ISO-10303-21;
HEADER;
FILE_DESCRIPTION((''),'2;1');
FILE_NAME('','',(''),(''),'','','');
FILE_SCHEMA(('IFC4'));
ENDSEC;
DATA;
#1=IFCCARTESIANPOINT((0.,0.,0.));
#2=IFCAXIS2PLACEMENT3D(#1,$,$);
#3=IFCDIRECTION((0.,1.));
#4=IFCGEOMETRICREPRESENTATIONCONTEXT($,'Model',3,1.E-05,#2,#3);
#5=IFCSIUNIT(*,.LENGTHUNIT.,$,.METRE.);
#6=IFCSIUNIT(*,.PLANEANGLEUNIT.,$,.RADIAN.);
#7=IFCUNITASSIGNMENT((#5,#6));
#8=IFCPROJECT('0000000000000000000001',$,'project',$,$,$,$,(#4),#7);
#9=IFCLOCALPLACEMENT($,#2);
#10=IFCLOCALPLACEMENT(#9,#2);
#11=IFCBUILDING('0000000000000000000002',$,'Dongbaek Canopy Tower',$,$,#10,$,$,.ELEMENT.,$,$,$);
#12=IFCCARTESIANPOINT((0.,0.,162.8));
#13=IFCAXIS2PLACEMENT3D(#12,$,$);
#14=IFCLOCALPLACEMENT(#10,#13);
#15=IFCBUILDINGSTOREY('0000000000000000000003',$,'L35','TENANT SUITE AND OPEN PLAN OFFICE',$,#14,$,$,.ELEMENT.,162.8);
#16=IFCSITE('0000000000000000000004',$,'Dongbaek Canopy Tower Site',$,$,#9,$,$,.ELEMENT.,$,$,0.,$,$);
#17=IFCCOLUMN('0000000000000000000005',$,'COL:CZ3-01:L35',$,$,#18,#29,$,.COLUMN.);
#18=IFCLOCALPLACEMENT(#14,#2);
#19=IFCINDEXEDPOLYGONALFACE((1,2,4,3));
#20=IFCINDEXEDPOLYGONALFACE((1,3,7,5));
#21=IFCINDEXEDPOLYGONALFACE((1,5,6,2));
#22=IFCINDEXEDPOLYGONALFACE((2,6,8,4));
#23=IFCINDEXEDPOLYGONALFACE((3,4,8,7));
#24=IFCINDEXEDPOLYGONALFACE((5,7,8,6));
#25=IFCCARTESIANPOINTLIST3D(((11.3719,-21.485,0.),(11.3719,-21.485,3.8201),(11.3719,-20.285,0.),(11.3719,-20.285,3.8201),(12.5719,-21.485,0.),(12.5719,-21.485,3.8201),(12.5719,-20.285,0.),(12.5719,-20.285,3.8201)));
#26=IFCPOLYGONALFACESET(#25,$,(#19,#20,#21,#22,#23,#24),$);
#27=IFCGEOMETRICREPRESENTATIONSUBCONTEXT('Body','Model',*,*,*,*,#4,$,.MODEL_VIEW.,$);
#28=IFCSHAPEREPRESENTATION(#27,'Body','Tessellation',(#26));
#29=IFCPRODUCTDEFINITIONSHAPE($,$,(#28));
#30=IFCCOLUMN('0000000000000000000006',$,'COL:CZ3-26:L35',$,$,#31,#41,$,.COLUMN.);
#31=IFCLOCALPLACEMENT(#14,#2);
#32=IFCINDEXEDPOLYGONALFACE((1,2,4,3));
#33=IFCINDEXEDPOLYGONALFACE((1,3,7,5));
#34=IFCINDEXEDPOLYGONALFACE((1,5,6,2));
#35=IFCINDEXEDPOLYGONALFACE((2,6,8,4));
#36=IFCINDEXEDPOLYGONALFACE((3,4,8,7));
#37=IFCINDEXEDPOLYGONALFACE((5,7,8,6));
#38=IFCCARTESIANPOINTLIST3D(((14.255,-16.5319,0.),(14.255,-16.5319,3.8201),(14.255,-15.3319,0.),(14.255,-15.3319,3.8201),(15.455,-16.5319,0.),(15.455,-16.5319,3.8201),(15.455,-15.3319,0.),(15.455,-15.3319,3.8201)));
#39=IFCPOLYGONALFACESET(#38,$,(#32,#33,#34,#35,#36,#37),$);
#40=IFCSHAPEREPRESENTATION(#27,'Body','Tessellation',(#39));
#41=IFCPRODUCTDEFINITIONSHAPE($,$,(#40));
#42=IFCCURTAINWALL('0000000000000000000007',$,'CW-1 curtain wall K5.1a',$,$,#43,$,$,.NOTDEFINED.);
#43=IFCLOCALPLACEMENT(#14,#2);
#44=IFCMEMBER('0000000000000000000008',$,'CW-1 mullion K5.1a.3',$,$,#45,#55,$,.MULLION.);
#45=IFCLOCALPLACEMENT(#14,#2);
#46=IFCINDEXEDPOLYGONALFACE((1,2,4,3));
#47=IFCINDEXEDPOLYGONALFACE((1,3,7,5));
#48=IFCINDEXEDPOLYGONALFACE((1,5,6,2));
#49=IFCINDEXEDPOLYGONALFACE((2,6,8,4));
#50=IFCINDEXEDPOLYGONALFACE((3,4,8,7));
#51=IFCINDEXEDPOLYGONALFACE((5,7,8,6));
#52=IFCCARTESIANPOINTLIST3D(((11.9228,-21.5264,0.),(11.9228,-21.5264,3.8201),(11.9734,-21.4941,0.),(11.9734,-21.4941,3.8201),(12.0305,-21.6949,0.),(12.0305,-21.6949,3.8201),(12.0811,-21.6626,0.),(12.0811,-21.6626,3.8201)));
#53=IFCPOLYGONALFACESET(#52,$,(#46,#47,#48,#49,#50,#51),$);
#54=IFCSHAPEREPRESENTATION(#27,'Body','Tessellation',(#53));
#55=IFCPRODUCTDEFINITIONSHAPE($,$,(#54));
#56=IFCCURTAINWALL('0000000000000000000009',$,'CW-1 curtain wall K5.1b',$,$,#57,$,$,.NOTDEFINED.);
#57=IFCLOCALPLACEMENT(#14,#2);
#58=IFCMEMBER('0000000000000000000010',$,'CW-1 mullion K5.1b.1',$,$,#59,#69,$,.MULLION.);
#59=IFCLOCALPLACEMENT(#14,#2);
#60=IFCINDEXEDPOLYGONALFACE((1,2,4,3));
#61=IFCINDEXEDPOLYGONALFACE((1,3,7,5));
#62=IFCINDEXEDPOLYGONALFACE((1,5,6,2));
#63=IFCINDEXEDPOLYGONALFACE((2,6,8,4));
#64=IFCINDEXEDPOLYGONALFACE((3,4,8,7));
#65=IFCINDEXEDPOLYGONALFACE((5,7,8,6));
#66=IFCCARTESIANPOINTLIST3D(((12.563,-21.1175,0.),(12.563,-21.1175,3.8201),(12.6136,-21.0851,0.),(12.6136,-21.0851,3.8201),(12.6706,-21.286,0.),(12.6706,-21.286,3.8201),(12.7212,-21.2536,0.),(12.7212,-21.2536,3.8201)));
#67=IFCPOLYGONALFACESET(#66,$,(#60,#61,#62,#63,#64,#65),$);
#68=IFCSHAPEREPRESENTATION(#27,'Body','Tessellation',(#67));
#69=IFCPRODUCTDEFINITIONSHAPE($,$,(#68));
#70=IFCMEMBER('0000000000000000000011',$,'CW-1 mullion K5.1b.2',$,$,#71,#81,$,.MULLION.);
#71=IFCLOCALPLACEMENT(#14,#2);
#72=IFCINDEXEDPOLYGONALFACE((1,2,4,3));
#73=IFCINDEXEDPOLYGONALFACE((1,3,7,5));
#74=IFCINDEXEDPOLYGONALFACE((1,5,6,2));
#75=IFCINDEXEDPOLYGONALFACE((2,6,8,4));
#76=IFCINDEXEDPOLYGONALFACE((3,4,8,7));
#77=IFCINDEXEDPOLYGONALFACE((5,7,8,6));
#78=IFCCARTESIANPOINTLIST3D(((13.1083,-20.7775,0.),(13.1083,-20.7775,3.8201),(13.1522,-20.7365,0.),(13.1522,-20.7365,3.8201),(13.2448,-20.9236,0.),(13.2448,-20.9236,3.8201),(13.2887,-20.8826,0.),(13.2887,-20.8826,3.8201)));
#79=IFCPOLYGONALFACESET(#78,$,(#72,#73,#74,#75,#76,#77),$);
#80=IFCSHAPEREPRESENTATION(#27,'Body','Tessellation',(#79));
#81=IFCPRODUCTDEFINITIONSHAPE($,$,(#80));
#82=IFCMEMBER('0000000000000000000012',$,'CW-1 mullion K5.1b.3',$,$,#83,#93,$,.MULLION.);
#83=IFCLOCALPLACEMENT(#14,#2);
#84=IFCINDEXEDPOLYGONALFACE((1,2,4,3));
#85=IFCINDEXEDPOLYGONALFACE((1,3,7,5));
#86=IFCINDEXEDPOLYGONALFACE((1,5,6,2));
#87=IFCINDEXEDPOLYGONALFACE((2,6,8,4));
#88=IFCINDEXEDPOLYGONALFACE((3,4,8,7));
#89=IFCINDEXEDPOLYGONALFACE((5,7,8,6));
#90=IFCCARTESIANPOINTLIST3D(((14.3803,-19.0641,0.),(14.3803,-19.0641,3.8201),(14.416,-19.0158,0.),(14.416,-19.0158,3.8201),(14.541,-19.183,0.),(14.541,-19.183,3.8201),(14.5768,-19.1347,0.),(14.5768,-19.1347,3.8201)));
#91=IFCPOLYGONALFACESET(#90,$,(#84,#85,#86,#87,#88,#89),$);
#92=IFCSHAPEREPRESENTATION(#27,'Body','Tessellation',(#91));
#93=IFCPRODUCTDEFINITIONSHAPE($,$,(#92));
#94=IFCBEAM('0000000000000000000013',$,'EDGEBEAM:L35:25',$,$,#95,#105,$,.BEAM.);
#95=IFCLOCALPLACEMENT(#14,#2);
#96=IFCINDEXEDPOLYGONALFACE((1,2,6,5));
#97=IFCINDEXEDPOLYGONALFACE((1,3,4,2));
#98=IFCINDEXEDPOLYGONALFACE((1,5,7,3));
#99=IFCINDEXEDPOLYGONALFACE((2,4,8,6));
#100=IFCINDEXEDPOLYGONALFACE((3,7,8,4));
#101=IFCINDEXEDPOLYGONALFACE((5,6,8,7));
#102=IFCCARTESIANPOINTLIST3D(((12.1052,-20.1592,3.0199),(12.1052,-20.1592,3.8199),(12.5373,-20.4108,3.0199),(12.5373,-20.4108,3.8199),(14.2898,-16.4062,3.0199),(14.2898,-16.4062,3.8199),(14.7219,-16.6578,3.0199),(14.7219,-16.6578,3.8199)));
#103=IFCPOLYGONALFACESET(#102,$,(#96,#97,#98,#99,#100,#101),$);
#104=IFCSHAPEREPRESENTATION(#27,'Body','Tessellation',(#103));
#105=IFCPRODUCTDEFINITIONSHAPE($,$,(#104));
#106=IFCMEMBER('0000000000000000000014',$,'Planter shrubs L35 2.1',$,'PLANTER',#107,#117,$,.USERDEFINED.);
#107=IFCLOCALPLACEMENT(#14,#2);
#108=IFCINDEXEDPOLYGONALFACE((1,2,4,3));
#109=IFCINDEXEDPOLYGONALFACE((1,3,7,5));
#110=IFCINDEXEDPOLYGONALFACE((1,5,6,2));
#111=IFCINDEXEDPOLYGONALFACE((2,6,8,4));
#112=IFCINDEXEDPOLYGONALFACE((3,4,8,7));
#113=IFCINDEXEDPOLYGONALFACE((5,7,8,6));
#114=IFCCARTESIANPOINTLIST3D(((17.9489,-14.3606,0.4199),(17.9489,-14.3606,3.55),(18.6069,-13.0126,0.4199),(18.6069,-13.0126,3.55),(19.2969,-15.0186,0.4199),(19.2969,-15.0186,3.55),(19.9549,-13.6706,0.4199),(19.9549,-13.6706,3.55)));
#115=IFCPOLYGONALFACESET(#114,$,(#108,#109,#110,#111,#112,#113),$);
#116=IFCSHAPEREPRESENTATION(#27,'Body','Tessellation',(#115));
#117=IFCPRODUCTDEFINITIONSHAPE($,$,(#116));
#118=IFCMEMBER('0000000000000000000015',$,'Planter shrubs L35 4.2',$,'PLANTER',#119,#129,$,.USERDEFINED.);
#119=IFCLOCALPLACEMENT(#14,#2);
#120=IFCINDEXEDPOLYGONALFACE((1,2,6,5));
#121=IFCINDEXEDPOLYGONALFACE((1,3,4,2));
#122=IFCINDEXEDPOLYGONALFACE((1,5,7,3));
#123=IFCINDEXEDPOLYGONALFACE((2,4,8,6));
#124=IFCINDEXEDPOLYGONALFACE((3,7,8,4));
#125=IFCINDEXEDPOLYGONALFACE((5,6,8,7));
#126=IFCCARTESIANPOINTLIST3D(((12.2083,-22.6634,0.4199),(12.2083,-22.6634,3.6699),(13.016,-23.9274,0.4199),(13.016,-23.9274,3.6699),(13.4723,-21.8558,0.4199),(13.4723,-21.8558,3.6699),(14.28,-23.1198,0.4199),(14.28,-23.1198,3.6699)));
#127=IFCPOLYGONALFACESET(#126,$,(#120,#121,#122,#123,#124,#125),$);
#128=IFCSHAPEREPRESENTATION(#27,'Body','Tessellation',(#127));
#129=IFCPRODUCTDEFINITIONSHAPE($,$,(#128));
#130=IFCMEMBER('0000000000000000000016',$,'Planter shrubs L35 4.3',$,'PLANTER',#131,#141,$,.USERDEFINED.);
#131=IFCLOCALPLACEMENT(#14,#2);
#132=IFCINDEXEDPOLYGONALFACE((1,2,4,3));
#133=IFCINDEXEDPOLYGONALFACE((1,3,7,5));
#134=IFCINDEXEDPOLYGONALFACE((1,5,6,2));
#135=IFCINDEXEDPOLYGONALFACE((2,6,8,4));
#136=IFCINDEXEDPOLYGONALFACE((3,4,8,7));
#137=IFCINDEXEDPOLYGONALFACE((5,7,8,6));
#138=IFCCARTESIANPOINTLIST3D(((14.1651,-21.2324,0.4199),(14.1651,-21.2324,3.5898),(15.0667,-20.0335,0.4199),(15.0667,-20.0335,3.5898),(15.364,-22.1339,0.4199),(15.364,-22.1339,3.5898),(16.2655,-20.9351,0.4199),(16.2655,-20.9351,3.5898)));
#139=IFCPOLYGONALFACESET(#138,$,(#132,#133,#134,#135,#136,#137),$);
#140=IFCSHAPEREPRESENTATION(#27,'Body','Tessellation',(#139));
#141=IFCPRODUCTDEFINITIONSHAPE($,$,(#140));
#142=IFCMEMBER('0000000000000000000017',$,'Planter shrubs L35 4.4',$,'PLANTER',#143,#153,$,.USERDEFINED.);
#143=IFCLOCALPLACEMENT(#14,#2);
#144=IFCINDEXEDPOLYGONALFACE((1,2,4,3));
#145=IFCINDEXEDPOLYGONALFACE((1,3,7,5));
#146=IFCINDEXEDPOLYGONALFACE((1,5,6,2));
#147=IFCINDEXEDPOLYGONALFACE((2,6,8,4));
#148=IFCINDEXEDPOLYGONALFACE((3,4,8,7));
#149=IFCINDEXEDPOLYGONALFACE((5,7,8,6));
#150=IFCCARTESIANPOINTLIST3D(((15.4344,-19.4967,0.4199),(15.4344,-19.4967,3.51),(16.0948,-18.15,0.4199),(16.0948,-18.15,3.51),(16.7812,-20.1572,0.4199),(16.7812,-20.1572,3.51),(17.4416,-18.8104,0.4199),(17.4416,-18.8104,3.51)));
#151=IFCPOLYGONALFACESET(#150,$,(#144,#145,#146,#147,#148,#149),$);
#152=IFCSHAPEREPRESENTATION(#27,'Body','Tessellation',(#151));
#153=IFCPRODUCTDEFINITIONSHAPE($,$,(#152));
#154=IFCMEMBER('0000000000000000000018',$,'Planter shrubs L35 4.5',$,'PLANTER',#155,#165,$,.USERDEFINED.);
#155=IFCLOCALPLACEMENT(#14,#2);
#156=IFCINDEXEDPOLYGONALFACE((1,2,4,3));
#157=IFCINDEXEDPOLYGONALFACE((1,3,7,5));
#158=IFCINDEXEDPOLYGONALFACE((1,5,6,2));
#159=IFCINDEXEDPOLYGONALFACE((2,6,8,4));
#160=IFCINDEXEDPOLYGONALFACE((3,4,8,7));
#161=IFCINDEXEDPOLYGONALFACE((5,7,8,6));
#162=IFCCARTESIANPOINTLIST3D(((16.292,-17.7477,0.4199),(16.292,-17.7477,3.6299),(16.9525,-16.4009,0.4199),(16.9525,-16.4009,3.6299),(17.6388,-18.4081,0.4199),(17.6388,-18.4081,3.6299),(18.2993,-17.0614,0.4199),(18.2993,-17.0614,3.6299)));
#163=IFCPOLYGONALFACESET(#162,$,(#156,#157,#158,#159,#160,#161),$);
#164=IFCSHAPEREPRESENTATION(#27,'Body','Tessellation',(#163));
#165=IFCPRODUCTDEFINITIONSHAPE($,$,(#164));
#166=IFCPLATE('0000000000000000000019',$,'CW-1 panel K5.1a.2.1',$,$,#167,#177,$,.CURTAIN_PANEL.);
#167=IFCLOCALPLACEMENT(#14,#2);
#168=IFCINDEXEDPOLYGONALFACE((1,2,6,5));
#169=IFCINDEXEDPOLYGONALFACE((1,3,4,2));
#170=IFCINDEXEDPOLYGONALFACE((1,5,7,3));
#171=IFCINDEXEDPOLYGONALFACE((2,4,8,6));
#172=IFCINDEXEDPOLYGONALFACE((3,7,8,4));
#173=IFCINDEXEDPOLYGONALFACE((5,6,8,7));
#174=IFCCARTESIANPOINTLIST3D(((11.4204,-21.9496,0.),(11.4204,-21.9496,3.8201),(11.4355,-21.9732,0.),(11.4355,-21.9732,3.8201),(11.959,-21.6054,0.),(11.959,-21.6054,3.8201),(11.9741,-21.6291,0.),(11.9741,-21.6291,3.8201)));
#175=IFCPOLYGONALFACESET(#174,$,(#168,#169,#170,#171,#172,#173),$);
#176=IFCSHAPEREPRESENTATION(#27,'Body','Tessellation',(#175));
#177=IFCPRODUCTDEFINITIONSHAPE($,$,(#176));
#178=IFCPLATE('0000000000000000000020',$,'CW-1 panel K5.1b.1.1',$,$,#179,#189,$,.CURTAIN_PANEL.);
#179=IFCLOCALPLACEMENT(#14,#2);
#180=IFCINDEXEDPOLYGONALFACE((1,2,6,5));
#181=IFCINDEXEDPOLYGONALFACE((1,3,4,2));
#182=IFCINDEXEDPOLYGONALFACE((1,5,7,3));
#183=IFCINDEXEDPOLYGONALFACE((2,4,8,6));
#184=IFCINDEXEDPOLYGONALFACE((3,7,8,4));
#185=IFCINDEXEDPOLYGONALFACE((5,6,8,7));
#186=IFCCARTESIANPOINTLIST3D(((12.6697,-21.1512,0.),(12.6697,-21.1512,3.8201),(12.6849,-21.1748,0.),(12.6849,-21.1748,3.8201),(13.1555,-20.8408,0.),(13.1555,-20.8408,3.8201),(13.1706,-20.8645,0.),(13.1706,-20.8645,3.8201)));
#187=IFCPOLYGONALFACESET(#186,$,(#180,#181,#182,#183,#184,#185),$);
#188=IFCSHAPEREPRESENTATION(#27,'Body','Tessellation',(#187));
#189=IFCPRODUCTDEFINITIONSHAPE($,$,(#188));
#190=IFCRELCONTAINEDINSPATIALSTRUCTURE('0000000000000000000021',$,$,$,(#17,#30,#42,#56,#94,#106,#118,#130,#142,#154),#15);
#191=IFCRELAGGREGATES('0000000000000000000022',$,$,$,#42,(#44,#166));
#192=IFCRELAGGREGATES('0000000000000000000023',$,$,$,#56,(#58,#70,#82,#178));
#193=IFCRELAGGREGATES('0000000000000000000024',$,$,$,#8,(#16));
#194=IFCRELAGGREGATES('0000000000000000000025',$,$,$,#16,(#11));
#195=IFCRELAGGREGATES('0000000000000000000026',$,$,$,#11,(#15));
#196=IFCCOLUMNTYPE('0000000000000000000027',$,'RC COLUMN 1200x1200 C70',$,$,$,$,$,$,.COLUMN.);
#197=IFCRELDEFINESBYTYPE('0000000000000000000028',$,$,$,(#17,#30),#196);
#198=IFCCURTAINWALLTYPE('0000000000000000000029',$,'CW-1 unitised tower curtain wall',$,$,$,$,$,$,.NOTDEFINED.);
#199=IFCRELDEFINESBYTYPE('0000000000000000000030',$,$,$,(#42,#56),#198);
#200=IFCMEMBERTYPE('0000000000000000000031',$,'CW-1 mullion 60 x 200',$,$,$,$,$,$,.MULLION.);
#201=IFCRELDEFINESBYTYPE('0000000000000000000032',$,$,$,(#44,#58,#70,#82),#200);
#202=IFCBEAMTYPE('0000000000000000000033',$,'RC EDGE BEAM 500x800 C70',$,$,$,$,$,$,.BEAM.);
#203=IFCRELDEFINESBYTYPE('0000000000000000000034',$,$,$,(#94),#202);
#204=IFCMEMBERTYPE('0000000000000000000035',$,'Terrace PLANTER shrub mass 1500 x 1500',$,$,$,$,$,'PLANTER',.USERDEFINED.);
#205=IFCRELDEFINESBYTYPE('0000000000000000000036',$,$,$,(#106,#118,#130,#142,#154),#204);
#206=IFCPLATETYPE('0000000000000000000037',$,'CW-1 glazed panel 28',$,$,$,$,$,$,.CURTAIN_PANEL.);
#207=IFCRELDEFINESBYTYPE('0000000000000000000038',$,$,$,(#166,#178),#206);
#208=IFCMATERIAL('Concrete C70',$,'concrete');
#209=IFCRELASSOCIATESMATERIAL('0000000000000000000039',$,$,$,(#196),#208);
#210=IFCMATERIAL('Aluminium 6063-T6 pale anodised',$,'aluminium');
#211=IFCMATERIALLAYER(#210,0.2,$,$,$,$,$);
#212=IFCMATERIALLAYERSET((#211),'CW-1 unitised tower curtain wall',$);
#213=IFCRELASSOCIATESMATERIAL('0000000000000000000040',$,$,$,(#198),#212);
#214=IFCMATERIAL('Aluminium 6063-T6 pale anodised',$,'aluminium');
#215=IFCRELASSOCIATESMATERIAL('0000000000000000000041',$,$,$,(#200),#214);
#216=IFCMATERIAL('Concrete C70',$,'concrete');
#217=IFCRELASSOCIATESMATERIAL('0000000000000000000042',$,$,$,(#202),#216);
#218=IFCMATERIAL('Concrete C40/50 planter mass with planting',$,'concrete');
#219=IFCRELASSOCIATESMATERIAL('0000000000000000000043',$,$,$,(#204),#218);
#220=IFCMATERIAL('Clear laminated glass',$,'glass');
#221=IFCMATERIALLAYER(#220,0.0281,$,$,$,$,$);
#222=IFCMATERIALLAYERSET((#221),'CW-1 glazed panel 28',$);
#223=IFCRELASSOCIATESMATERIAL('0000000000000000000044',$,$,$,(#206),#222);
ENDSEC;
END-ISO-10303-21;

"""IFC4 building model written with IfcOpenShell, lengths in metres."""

from ifc_helpers import new_model, si_unit, direction, frame, origin, origin_2d, place, context, subcontext, project, spatial, rectangle, extrude, material, layer, layer_set, material_profile, profile_set, type_object, element, aggregate, save


model = new_model("IFC4")

# Units and contexts
model_context = context("Model", 3, precision=1e-05, world=origin(), true_north=direction((0.0, 1.0)))
body_context = subcontext(model_context, "Body", "Model", "MODEL_VIEW")
ifc_project = project(units=[si_unit("LENGTHUNIT", "METRE"), si_unit("PLANEANGLEUNIT", "RADIAN")], contexts=[model_context])

# Site, building, storey
site_placement = place(None, origin())
site = spatial("IfcSite", under=ifc_project, at=site_placement, Name="Dongbaek Canopy Tower Site", CompositionType="ELEMENT", RefElevation=0.0)
building_placement = place(site_placement, origin())
building = spatial("IfcBuilding", under=site, at=building_placement, Name="Dongbaek Canopy Tower", CompositionType="ELEMENT")
storey_placement = place(building_placement, frame((0.0, 0.0, 162.8)))
storey = spatial("IfcBuildingStorey", under=building, at=storey_placement, Name="L35", Description="TENANT SUITE AND OPEN PLAN OFFICE", CompositionType="ELEMENT", Elevation=162.8)

# Columns
ifc_material_1 = material(Name="Concrete C70", Category="concrete")
ifc_material_profile_1 = material_profile(ifc_material_1, rectangle(XDim=1.2, YDim=1.2, at=origin_2d()), Name="RC COLUMN 1200x1200 C70")
ifc_profile_set_1 = profile_set([ifc_material_profile_1], Name="Concrete C70")
column_type = type_object("IfcColumnType", Name="RC COLUMN 1200x1200 C70", PredefinedType="COLUMN", material=ifc_profile_set_1)
for number, where, z_axis, x_axis, name in (
    (1, (11.9719, -20.885, 0.0), (0.0, 0.0, 1.0), (1.0, 0.0, 0.0), "COL:CZ3-01:L35"),
    (2, (14.855, -15.9319, 0.0), (0.0, 0.0, 1.0), (1.0, 0.0, 0.0), "COL:CZ3-26:L35"),
):
    element("IfcColumn", number, at=place(storey_placement, frame(where, z_axis=z_axis, x_axis=x_axis)), inside=storey, type_object=column_type, Name=name, PredefinedType="COLUMN", context=body_context, shape_type="SweptSolid", body=[
        extrude(rectangle(XDim=1.2, YDim=1.2, at=origin_2d()), origin(), (0.0, 0.0, 1.0), 3.8201),
    ])

# Curtain wall, member
ifc_material_2 = material(Name="Aluminium 6063-T6 pale anodised", Category="aluminium")
ifc_layer_1 = layer(ifc_material_2, 0.2)
ifc_layer_set_1 = layer_set([ifc_layer_1], Name="CW-1 unitised tower curtain wall")
curtain_wall_type = type_object("IfcCurtainWallType", Name="CW-1 unitised tower curtain wall", PredefinedType="NOTDEFINED", material=ifc_layer_set_1)
curtain_wall_1_placement = place(storey_placement, origin())
curtain_wall_1 = element("IfcCurtainWall", 3, at=curtain_wall_1_placement, inside=storey, type_object=curtain_wall_type, Name="CW-1 curtain wall K5.1a", PredefinedType="NOTDEFINED")
ifc_material_3 = material(Name="Aluminium 6063-T6 pale anodised", Category="aluminium")
ifc_material_profile_2 = material_profile(ifc_material_3, rectangle(XDim=0.2, YDim=0.0601, at=origin_2d()), Name="CW-1 mullion 60 x 200")
ifc_profile_set_2 = profile_set([ifc_material_profile_2], Name="Aluminium 6063-T6 pale anodised")
member_type_1 = type_object("IfcMemberType", Name="CW-1 mullion 60 x 200", PredefinedType="MULLION", material=ifc_profile_set_2)
member_1_placement = place(storey_placement, frame((12.002, -21.5945, 0.0), z_axis=(0.0, 0.0, 1.0), x_axis=(0.538453, -0.842656, 0.0)))
member_1 = element("IfcMember", 4, at=member_1_placement, type_object=member_type_1, Name="CW-1 mullion K5.1a.3", PredefinedType="MULLION", context=body_context, shape_type="SweptSolid", body=[
    extrude(rectangle(XDim=0.2, YDim=0.0601, at=origin_2d()), origin(), (0.0, 0.0, 1.0), 3.8201),
])

# Curtain wall, members
curtain_wall_2_placement = place(storey_placement, origin())
curtain_wall_2 = element("IfcCurtainWall", 5, at=curtain_wall_2_placement, inside=storey, type_object=curtain_wall_type, Name="CW-1 curtain wall K5.1b", PredefinedType="NOTDEFINED")
member_2_placement = place(storey_placement, frame((12.6421, -21.1855, 0.0), z_axis=(0.0, 0.0, 1.0), x_axis=(0.538453, -0.842656, 0.0)))
member_2 = element("IfcMember", 6, at=member_2_placement, type_object=member_type_1, Name="CW-1 mullion K5.1b.1", PredefinedType="MULLION", context=body_context, shape_type="SweptSolid", body=[
    extrude(rectangle(XDim=0.2, YDim=0.0601, at=origin_2d()), origin(), (0.0, 0.0, 1.0), 3.8201),
])
member_3_placement = place(storey_placement, frame((13.1985, -20.8301, 0.0), z_axis=(0.0, 0.0, 1.0), x_axis=(0.682586, -0.730806, 0.0)))
member_3 = element("IfcMember", 7, at=member_3_placement, type_object=member_type_1, Name="CW-1 mullion K5.1b.2", PredefinedType="MULLION", context=body_context, shape_type="SweptSolid", body=[
    extrude(rectangle(XDim=0.2, YDim=0.0601, at=origin_2d()), origin(), (0.0, 0.0, 1.0), 3.8201),
])
member_4_placement = place(storey_placement, frame((14.4785, -19.0994, 0.0), z_axis=(0.0, 0.0, 1.0), x_axis=(0.803999, -0.594631, 0.0)))
member_4 = element("IfcMember", 8, at=member_4_placement, type_object=member_type_1, Name="CW-1 mullion K5.1b.3", PredefinedType="MULLION", context=body_context, shape_type="SweptSolid", body=[
    extrude(rectangle(XDim=0.2, YDim=0.0601, at=origin_2d()), origin(), (0.0, 0.0, 1.0), 3.8201),
])

# Beam
ifc_material_4 = material(Name="Concrete C70", Category="concrete")
ifc_material_profile_3 = material_profile(ifc_material_4, rectangle(XDim=0.5, YDim=0.8, at=origin_2d()), Name="RC EDGE BEAM 500x800 C70")
ifc_profile_set_3 = profile_set([ifc_material_profile_3], Name="Concrete C70")
beam_type = type_object("IfcBeamType", Name="RC EDGE BEAM 500x800 C70", PredefinedType="BEAM", material=ifc_profile_set_3)
beam_placement = place(storey_placement, frame((14.5059, -16.532, 3.4199), z_axis=(-0.503074, -0.864243, 0.0), x_axis=(0.864243, -0.503074, 0.0)))
element("IfcBeam", 9, at=beam_placement, inside=storey, type_object=beam_type, Name="EDGEBEAM:L35:25", PredefinedType="BEAM", context=body_context, shape_type="SweptSolid", body=[
    extrude(rectangle(XDim=0.5, YDim=0.8, at=origin_2d()), origin(), (0.0, 0.0, 1.0), 4.3425),
])

# Members
ifc_material_5 = material(Name="Concrete C40/50 planter mass with planting", Category="concrete")
ifc_material_profile_4 = material_profile(ifc_material_5, rectangle(XDim=1.5, YDim=1.5, at=origin_2d()), Name="Terrace PLANTER shrub mass 1500 x 1500")
ifc_profile_set_4 = profile_set([ifc_material_profile_4], Name="Concrete C40/50 planter mass with planting")
member_type_2 = type_object("IfcMemberType", Name="Terrace PLANTER shrub mass 1500 x 1500", ElementType="PLANTER", PredefinedType="USERDEFINED", material=ifc_profile_set_4)
member_5_placement = place(storey_placement, frame((18.9519, -14.0156, 0.4199), z_axis=(0.0, 0.0, 1.0), x_axis=(0.898651, -0.438665, 0.0)))
element("IfcMember", 10, at=member_5_placement, inside=storey, type_object=member_type_2, Name="Planter shrubs L35 2.1", ObjectType="PLANTER", PredefinedType="USERDEFINED", context=body_context, shape_type="SweptSolid", body=[
    extrude(rectangle(XDim=1.5, YDim=1.5, at=origin_2d()), origin(), (0.0, 0.0, 1.0), 3.1301),
])
member_6_placement = place(storey_placement, frame((13.2441, -22.8916, 0.4199), z_axis=(0.0, 0.0, 1.0), x_axis=(0.538453, -0.842656, 0.0)))
element("IfcMember", 11, at=member_6_placement, inside=storey, type_object=member_type_2, Name="Planter shrubs L35 4.2", ObjectType="PLANTER", PredefinedType="USERDEFINED", context=body_context, shape_type="SweptSolid", body=[
    extrude(rectangle(XDim=1.5, YDim=1.5, at=origin_2d()), origin(), (0.0, 0.0, 1.0), 3.25),
])
member_7_placement = place(storey_placement, frame((15.2153, -21.0837, 0.4199), z_axis=(0.0, 0.0, 1.0), x_axis=(0.799228, -0.601028, 0.0)))
element("IfcMember", 12, at=member_7_placement, inside=storey, type_object=member_type_2, Name="Planter shrubs L35 4.3", ObjectType="PLANTER", PredefinedType="USERDEFINED", context=body_context, shape_type="SweptSolid", body=[
    extrude(rectangle(XDim=1.5, YDim=1.5, at=origin_2d()), origin(), (0.0, 0.0, 1.0), 3.1699),
])
member_8_placement = place(storey_placement, frame((16.438, -19.1536, 0.4199), z_axis=(0.0, 0.0, 1.0), x_axis=(0.897856, -0.440289, 0.0)))
element("IfcMember", 13, at=member_8_placement, inside=storey, type_object=member_type_2, Name="Planter shrubs L35 4.4", ObjectType="PLANTER", PredefinedType="USERDEFINED", context=body_context, shape_type="SweptSolid", body=[
    extrude(rectangle(XDim=1.5, YDim=1.5, at=origin_2d()), origin(), (0.0, 0.0, 1.0), 3.0901),
])
member_9_placement = place(storey_placement, frame((17.2957, -17.4045, 0.4199), z_axis=(0.0, 0.0, 1.0), x_axis=(0.897856, -0.440289, 0.0)))
element("IfcMember", 14, at=member_9_placement, inside=storey, type_object=member_type_2, Name="Planter shrubs L35 4.5", ObjectType="PLANTER", PredefinedType="USERDEFINED", context=body_context, shape_type="SweptSolid", body=[
    extrude(rectangle(XDim=1.5, YDim=1.5, at=origin_2d()), origin(), (0.0, 0.0, 1.0), 3.21),
])

# Plates
ifc_material_6 = material(Name="Clear laminated glass", Category="glass")
ifc_layer_2 = layer(ifc_material_6, 0.0281)
ifc_layer_set_2 = layer_set([ifc_layer_2], Name="CW-1 glazed panel 28")
plate_type = type_object("IfcPlateType", Name="CW-1 glazed panel 28", PredefinedType="CURTAIN_PANEL", material=ifc_layer_set_2)
plate_1_placement = place(storey_placement, frame((11.6973, -21.7893, 0.0), z_axis=(0.0, 0.0, 1.0), x_axis=(0.842656, 0.538453, 0.0)))
plate_1 = element("IfcPlate", 15, at=plate_1_placement, type_object=plate_type, Name="CW-1 panel K5.1a.2.1", PredefinedType="CURTAIN_PANEL", context=body_context, shape_type="SweptSolid", body=[
    extrude(rectangle(XDim=0.6392, YDim=0.0281, at=origin_2d()), origin(), (0.0, 0.0, 1.0), 3.8201),
])
aggregate(curtain_wall_1, [member_1, plate_1])
plate_2_placement = place(storey_placement, frame((12.9202, -21.0078, 0.0), z_axis=(0.0, 0.0, 1.0), x_axis=(0.842656, 0.538453, 0.0)))
plate_2 = element("IfcPlate", 16, at=plate_2_placement, type_object=plate_type, Name="CW-1 panel K5.1b.1.1", PredefinedType="CURTAIN_PANEL", context=body_context, shape_type="SweptSolid", body=[
    extrude(rectangle(XDim=0.5764, YDim=0.0281, at=origin_2d()), origin(), (0.0, 0.0, 1.0), 3.8201),
])
aggregate(curtain_wall_2, [member_2, member_3, member_4, plate_2])

save(model, "model.ifc")
